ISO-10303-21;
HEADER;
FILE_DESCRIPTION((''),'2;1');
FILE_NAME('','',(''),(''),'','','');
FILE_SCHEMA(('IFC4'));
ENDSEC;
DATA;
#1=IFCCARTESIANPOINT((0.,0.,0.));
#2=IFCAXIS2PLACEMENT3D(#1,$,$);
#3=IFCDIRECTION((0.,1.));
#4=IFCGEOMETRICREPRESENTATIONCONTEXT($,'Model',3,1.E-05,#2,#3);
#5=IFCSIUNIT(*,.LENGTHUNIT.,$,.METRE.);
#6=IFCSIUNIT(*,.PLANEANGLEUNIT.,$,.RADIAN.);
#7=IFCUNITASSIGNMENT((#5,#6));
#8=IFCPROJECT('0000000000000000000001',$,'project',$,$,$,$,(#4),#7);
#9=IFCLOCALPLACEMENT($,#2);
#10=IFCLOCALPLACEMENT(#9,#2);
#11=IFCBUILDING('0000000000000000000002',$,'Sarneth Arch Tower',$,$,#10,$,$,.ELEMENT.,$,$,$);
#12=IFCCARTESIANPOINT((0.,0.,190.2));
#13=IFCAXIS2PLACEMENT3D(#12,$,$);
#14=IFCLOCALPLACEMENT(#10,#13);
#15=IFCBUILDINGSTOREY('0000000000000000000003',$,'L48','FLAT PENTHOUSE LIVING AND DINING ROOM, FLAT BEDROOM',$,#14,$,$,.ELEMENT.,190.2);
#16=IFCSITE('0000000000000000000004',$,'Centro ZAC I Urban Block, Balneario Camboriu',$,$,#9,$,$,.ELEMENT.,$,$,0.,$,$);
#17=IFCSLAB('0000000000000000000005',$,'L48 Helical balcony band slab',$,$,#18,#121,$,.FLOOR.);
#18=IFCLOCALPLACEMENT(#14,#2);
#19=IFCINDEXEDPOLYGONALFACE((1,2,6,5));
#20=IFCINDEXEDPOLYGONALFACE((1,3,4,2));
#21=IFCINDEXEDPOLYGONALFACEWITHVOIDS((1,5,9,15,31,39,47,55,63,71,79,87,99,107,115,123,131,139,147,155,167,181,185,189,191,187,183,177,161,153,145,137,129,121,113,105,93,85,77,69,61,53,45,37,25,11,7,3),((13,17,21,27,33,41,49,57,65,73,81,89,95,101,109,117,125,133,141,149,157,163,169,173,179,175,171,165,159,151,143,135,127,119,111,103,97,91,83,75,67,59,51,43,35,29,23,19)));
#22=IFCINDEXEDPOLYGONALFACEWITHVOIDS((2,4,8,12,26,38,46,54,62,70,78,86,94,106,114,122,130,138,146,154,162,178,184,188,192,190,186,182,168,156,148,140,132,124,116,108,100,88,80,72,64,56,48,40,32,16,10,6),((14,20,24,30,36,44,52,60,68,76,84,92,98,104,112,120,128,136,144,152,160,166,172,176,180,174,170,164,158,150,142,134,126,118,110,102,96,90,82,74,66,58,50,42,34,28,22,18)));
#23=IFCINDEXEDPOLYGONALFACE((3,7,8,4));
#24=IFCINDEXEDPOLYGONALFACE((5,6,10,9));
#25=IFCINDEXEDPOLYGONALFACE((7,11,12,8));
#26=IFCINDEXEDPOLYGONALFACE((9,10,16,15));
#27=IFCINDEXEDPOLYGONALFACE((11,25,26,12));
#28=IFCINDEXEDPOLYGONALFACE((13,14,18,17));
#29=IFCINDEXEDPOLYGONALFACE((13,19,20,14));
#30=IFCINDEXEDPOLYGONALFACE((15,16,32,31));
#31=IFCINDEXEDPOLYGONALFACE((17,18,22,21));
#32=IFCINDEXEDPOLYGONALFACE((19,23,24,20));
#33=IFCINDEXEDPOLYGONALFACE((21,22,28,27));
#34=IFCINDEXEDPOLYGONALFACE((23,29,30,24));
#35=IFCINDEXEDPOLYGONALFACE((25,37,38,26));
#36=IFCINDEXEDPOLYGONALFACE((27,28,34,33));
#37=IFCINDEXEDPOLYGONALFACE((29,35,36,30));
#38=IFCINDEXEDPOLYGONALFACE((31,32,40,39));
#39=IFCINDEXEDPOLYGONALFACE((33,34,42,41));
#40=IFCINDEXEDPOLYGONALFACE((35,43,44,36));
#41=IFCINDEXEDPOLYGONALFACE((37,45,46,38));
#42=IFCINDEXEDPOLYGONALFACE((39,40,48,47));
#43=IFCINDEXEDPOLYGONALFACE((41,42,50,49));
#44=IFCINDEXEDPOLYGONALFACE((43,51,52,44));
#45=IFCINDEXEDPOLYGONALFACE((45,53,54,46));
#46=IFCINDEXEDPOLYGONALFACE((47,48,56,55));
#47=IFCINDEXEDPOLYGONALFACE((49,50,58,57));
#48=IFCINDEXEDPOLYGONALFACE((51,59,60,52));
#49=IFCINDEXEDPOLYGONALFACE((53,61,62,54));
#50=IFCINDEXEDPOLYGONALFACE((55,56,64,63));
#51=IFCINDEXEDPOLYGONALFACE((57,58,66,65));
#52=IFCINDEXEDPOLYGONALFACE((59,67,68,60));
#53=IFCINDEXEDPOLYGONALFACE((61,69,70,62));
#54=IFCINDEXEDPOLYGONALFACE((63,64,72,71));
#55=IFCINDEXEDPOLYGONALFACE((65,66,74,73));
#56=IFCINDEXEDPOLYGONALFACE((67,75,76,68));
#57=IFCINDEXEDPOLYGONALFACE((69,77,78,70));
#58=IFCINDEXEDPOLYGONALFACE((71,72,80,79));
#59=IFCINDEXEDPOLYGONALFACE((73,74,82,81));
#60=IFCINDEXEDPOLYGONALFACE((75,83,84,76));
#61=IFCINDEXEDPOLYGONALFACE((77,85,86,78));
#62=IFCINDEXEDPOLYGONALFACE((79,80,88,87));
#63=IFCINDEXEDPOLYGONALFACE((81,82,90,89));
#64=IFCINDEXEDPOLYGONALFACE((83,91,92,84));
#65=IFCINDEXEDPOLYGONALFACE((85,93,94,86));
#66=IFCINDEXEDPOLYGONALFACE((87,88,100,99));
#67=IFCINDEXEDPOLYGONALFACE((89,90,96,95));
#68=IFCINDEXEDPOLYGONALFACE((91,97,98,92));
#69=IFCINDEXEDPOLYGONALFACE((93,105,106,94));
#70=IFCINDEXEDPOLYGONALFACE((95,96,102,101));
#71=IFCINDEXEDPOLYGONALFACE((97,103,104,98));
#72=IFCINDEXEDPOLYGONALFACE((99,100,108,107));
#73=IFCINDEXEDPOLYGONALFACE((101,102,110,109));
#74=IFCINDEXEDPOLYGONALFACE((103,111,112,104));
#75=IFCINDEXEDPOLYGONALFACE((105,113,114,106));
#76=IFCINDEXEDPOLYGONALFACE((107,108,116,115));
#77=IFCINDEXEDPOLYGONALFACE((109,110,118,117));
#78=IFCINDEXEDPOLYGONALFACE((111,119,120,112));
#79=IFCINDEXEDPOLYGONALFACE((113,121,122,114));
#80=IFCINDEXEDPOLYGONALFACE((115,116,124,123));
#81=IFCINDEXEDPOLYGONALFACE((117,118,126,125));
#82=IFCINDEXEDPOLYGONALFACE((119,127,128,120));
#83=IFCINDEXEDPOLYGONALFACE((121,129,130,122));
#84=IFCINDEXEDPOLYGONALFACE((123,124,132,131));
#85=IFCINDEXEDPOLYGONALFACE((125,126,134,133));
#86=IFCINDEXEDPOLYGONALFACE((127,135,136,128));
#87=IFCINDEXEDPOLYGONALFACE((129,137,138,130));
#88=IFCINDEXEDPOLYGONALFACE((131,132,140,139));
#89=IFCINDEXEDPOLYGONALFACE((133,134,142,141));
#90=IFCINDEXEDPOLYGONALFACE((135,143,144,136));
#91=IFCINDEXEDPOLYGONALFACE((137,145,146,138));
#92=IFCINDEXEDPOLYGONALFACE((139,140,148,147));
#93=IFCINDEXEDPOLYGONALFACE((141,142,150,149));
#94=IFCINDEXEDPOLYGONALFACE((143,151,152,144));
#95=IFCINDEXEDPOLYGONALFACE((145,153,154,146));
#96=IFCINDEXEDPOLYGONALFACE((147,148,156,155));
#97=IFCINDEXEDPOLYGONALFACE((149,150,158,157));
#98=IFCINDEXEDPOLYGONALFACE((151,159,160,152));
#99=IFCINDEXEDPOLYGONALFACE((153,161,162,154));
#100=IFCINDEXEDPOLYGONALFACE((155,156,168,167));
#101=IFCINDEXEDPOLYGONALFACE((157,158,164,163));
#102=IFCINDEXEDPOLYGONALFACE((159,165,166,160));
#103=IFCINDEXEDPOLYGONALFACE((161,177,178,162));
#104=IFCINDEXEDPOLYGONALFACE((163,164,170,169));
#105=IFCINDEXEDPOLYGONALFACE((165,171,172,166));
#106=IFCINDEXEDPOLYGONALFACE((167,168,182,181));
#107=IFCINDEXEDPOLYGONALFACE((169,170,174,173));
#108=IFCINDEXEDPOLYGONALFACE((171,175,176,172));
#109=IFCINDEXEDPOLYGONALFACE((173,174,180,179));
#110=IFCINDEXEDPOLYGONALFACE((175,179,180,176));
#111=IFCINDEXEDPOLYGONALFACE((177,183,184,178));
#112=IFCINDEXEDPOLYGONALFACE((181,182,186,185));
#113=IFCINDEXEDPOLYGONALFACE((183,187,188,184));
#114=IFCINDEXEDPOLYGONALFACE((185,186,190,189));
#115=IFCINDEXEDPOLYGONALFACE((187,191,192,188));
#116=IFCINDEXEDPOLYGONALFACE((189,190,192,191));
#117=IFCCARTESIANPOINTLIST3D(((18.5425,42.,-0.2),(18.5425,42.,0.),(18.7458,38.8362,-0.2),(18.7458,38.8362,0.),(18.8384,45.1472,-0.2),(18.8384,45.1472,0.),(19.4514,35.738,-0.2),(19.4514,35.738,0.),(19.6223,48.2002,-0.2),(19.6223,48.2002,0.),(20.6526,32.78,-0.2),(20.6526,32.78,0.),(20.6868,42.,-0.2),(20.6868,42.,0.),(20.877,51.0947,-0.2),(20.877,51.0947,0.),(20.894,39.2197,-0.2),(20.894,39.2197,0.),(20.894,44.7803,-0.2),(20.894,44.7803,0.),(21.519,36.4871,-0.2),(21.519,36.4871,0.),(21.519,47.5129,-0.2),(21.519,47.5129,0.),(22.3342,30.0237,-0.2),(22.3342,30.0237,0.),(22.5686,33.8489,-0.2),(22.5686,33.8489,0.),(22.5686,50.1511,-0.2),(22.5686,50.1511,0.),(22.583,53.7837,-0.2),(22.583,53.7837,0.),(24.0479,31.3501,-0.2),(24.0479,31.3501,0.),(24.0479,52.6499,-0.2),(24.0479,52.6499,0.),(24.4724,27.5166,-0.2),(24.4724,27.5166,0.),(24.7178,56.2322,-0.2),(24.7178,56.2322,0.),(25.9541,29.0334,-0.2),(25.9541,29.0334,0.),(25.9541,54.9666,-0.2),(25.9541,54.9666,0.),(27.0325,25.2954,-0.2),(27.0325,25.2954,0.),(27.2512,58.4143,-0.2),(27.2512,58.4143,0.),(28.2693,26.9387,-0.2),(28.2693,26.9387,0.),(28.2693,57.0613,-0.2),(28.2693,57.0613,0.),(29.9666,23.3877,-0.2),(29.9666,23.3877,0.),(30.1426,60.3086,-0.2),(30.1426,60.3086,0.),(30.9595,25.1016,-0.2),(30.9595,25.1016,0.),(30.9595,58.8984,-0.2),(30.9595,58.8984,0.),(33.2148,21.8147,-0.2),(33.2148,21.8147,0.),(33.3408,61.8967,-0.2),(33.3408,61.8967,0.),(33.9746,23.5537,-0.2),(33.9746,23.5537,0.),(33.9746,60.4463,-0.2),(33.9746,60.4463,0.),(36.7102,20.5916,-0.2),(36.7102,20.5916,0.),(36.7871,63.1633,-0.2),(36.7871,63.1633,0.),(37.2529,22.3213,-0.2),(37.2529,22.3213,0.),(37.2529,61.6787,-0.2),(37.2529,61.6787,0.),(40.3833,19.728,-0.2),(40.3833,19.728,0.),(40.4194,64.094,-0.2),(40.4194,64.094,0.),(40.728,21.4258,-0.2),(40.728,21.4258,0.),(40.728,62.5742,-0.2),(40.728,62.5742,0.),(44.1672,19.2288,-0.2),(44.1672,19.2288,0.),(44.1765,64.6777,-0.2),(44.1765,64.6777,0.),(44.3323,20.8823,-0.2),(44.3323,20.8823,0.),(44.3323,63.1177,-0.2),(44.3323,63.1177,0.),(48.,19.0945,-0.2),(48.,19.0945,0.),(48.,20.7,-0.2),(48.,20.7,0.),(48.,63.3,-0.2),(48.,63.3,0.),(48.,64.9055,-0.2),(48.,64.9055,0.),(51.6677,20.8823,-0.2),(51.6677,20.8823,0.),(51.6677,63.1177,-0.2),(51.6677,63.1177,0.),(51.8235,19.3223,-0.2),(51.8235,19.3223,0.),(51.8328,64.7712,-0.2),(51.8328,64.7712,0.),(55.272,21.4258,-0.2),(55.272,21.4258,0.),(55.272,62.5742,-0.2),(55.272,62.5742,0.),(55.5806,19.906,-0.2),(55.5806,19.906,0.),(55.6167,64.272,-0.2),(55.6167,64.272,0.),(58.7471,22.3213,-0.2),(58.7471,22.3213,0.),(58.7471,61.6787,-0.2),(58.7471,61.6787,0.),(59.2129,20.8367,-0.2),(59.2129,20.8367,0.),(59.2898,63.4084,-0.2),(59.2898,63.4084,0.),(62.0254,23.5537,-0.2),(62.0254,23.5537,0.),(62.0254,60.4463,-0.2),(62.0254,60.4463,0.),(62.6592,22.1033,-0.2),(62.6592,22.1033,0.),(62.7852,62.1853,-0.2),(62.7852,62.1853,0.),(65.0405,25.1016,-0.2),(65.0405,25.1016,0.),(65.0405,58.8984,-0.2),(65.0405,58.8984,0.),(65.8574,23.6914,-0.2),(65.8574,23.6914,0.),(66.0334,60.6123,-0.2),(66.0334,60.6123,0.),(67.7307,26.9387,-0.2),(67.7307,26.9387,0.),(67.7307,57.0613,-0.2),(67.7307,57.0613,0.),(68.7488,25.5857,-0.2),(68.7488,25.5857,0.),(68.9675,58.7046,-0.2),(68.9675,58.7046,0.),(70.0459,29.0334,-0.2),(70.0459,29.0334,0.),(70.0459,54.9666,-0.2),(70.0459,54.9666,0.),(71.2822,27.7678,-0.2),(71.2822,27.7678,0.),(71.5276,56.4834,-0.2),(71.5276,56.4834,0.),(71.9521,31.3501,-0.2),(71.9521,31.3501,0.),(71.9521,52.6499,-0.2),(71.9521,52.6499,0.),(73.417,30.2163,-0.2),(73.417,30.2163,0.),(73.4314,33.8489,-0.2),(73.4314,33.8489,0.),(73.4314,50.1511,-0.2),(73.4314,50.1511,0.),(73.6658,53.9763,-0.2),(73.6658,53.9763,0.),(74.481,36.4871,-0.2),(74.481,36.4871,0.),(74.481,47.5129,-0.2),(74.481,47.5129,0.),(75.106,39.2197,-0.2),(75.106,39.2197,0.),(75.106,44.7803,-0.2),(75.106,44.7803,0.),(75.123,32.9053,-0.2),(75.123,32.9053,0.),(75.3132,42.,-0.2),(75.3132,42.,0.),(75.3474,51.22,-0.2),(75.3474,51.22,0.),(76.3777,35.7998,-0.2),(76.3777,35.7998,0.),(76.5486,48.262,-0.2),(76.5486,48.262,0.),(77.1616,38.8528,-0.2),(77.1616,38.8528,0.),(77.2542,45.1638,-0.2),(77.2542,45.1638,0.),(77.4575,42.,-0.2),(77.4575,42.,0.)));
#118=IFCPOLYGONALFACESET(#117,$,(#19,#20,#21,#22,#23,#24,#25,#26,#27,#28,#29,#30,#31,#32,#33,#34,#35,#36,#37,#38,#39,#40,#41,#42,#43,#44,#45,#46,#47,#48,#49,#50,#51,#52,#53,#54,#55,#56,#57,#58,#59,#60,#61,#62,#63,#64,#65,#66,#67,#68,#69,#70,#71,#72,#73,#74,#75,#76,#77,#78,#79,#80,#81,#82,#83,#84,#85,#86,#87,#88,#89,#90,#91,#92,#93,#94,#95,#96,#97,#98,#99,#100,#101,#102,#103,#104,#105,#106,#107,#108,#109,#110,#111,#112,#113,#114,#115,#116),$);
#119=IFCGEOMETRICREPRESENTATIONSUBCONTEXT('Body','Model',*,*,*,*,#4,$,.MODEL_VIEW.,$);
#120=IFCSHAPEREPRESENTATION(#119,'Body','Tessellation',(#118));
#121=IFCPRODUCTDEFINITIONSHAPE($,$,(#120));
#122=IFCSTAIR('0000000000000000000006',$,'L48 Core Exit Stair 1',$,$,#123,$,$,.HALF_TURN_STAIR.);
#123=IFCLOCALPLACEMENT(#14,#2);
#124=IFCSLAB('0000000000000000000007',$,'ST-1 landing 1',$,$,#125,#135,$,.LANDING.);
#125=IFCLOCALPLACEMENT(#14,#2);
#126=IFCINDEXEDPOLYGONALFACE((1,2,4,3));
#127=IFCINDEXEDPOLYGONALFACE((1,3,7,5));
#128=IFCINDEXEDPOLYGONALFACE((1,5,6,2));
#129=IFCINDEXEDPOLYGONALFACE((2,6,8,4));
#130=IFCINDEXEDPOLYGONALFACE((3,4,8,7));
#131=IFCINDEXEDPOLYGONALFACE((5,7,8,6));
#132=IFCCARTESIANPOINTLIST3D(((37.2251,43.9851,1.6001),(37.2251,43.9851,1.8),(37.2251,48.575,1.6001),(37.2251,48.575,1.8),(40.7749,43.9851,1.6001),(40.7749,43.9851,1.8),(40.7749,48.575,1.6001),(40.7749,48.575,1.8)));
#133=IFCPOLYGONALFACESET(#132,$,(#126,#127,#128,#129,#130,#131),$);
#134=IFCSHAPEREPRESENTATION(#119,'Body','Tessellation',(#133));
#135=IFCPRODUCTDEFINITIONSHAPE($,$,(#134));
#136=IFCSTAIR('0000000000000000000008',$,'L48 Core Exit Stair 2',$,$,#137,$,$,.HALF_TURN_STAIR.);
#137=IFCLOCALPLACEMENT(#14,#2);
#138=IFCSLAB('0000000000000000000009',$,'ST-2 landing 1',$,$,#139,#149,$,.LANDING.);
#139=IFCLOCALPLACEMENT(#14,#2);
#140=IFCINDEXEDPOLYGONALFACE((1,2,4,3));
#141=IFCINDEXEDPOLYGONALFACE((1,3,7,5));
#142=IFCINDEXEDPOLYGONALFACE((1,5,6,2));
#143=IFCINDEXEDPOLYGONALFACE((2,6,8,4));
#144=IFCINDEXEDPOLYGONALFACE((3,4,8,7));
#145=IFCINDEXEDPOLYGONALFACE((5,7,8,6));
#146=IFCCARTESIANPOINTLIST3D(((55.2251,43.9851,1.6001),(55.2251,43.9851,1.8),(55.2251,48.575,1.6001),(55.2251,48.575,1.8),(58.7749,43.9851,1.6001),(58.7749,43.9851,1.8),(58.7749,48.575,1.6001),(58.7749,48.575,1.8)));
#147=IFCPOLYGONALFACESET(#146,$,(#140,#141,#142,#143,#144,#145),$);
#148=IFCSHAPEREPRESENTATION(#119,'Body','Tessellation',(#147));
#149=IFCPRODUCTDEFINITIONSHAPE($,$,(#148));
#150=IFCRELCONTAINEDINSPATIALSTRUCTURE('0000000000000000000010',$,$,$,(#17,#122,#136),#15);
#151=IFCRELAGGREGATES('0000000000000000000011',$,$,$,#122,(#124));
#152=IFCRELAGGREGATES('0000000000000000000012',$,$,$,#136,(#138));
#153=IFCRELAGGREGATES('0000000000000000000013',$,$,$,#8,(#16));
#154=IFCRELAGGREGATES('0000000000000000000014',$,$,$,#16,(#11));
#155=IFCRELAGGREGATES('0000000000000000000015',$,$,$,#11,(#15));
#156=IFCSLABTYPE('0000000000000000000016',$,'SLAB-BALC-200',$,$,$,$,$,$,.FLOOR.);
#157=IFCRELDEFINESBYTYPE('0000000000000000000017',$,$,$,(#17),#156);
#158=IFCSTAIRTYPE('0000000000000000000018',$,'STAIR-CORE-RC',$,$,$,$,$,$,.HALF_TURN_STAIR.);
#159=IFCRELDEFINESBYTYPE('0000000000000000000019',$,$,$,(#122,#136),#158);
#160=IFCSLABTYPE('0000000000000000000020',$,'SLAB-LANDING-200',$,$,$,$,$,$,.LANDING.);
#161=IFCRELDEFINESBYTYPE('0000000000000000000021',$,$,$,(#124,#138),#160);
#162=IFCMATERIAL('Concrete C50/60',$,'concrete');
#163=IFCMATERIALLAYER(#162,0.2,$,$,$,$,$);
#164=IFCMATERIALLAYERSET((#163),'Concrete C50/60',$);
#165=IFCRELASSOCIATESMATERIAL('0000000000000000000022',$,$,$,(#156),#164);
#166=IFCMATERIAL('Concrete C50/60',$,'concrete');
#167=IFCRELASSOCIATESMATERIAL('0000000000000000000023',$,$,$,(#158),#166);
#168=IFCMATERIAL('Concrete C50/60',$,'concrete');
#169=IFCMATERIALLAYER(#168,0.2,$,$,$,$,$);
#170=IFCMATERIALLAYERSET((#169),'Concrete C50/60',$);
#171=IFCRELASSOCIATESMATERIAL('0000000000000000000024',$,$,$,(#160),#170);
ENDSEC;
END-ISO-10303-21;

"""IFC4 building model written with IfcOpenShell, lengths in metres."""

from ifc_helpers import new_model, si_unit, direction, frame, origin, place, context, subcontext, project, spatial, polyline, outline, extrude, material, layer, layer_set, type_object, element, aggregate, save


model = new_model("IFC4")

# Units and contexts
model_context = context("Model", 3, precision=1e-05, world=origin(), true_north=direction((0.0, 1.0)))
body_context = subcontext(model_context, "Body", "Model", "MODEL_VIEW")
ifc_project = project(units=[si_unit("LENGTHUNIT", "METRE"), si_unit("PLANEANGLEUNIT", "RADIAN")], contexts=[model_context])

# Site, building, storey
site_placement = place(None, origin())
site = spatial("IfcSite", under=ifc_project, at=site_placement, Name="Centro ZAC I Urban Block, Balneario Camboriu", CompositionType="ELEMENT", RefElevation=0.0)
building_placement = place(site_placement, origin())
building = spatial("IfcBuilding", under=site, at=building_placement, Name="Sarneth Arch Tower", CompositionType="ELEMENT")
storey_placement = place(building_placement, frame((0.0, 0.0, 190.2)))
storey = spatial("IfcBuildingStorey", under=building, at=storey_placement, Name="L48", Description="FLAT PENTHOUSE LIVING AND DINING ROOM, FLAT BEDROOM", CompositionType="ELEMENT", Elevation=190.2)

# Slab
ifc_material_1 = material(Name="Concrete C50/60", Category="concrete")
ifc_layer_1 = layer(ifc_material_1, 0.2)
ifc_layer_set_1 = layer_set([ifc_layer_1], Name="Concrete C50/60")
slab_type_1 = type_object("IfcSlabType", Name="SLAB-BALC-200", PredefinedType="FLOOR", material=ifc_layer_set_1)
slab_1_placement = place(storey_placement, frame((0.0, 0.0, -0.2)))
element("IfcSlab", 1, at=slab_1_placement, inside=storey, type_object=slab_type_1, Name="L48 Helical balcony band slab", PredefinedType="FLOOR", context=body_context, shape_type="SweptSolid", body=[
    extrude(outline(polyline([(77.4575, 42.0), (77.2542, 45.1638), (76.5486, 48.262), (75.3474, 51.22), (73.6658, 53.9763), (71.5276, 56.4834), (68.9675, 58.7046), (66.0334, 60.6123), (62.7852, 62.1853), (59.2898, 63.4084), (55.6167, 64.272), (51.8328, 64.7712), (48.0, 64.9055), (44.1765, 64.6777), (40.4194, 64.094), (36.7871, 63.1633), (33.3408, 61.8967), (30.1426, 60.3086), (27.2512, 58.4143), (24.7178, 56.2322), (22.583, 53.7837), (20.877, 51.0947), (19.6223, 48.2002), (18.8384, 45.1472), (18.5425, 42.0), (18.7458, 38.8362), (19.4514, 35.738), (20.6526, 32.78), (22.3342, 30.0237), (24.4724, 27.5166), (27.0325, 25.2954), (29.9666, 23.3877), (33.2148, 21.8147), (36.7102, 20.5916), (40.3833, 19.728), (44.1672, 19.2288), (48.0, 19.0945), (51.8235, 19.3223), (55.5806, 19.906), (59.2129, 20.8367), (62.6592, 22.1033), (65.8574, 23.6914), (68.7488, 25.5857), (71.2822, 27.7678), (73.417, 30.2163), (75.123, 32.9053), (76.3777, 35.7998), (77.1616, 38.8528), (77.4575, 42.0)]), holes=[polyline([(75.3132, 42.0), (75.106, 44.7803), (74.481, 47.5129), (73.4314, 50.1511), (71.9521, 52.6499), (70.0459, 54.9666), (67.7307, 57.0613), (65.0405, 58.8984), (62.0254, 60.4463), (58.7471, 61.6787), (55.272, 62.5742), (51.6677, 63.1177), (48.0, 63.3), (44.3323, 63.1177), (40.728, 62.5742), (37.2529, 61.6787), (33.9746, 60.4463), (30.9595, 58.8984), (28.2693, 57.0613), (25.9541, 54.9666), (24.0479, 52.6499), (22.5686, 50.1511), (21.519, 47.5129), (20.894, 44.7803), (20.6868, 42.0), (20.894, 39.2197), (21.519, 36.4871), (22.5686, 33.8489), (24.0479, 31.3501), (25.9541, 29.0334), (28.2693, 26.9387), (30.9595, 25.1016), (33.9746, 23.5537), (37.2529, 22.3213), (40.728, 21.4258), (44.3323, 20.8823), (48.0, 20.7), (51.6677, 20.8823), (55.272, 21.4258), (58.7471, 22.3213), (62.0254, 23.5537), (65.0405, 25.1016), (67.7307, 26.9387), (70.0459, 29.0334), (71.9521, 31.3501), (73.4314, 33.8489), (74.481, 36.4871), (75.106, 39.2197), (75.3132, 42.0)])]), origin(), (0.0, 0.0, 1.0), 0.2),
])

# Stairs, slabs
ifc_material_2 = material(Name="Concrete C50/60", Category="concrete")
stair_type = type_object("IfcStairType", Name="STAIR-CORE-RC", PredefinedType="HALF_TURN_STAIR", material=ifc_material_2)
stair_1_placement = place(storey_placement, origin())
stair_1 = element("IfcStair", 2, at=stair_1_placement, inside=storey, type_object=stair_type, Name="L48 Core Exit Stair 1", PredefinedType="HALF_TURN_STAIR")
ifc_material_3 = material(Name="Concrete C50/60", Category="concrete")
ifc_layer_2 = layer(ifc_material_3, 0.2)
ifc_layer_set_2 = layer_set([ifc_layer_2], Name="Concrete C50/60")
slab_type_2 = type_object("IfcSlabType", Name="SLAB-LANDING-200", PredefinedType="LANDING", material=ifc_layer_set_2)
slab_2_placement = place(storey_placement, frame((0.0, 0.0, 1.6001)))
slab_2 = element("IfcSlab", 3, at=slab_2_placement, type_object=slab_type_2, Name="ST-1 landing 1", PredefinedType="LANDING", context=body_context, shape_type="SweptSolid", body=[
    extrude(outline(polyline([(37.2251, 43.9851), (40.7749, 43.9851), (40.7749, 48.575), (37.2251, 48.575), (37.2251, 43.9851)])), origin(), (0.0, 0.0, 1.0), 0.2),
])
aggregate(stair_1, [slab_2])
stair_2_placement = place(storey_placement, origin())
stair_2 = element("IfcStair", 4, at=stair_2_placement, inside=storey, type_object=stair_type, Name="L48 Core Exit Stair 2", PredefinedType="HALF_TURN_STAIR")
slab_3_placement = place(storey_placement, frame((0.0, 0.0, 1.6001)))
slab_3 = element("IfcSlab", 5, at=slab_3_placement, type_object=slab_type_2, Name="ST-2 landing 1", PredefinedType="LANDING", context=body_context, shape_type="SweptSolid", body=[
    extrude(outline(polyline([(55.2251, 43.9851), (58.7749, 43.9851), (58.7749, 48.575), (55.2251, 48.575), (55.2251, 43.9851)])), origin(), (0.0, 0.0, 1.0), 0.2),
])
aggregate(stair_2, [slab_3])

save(model, "model.ifc")
